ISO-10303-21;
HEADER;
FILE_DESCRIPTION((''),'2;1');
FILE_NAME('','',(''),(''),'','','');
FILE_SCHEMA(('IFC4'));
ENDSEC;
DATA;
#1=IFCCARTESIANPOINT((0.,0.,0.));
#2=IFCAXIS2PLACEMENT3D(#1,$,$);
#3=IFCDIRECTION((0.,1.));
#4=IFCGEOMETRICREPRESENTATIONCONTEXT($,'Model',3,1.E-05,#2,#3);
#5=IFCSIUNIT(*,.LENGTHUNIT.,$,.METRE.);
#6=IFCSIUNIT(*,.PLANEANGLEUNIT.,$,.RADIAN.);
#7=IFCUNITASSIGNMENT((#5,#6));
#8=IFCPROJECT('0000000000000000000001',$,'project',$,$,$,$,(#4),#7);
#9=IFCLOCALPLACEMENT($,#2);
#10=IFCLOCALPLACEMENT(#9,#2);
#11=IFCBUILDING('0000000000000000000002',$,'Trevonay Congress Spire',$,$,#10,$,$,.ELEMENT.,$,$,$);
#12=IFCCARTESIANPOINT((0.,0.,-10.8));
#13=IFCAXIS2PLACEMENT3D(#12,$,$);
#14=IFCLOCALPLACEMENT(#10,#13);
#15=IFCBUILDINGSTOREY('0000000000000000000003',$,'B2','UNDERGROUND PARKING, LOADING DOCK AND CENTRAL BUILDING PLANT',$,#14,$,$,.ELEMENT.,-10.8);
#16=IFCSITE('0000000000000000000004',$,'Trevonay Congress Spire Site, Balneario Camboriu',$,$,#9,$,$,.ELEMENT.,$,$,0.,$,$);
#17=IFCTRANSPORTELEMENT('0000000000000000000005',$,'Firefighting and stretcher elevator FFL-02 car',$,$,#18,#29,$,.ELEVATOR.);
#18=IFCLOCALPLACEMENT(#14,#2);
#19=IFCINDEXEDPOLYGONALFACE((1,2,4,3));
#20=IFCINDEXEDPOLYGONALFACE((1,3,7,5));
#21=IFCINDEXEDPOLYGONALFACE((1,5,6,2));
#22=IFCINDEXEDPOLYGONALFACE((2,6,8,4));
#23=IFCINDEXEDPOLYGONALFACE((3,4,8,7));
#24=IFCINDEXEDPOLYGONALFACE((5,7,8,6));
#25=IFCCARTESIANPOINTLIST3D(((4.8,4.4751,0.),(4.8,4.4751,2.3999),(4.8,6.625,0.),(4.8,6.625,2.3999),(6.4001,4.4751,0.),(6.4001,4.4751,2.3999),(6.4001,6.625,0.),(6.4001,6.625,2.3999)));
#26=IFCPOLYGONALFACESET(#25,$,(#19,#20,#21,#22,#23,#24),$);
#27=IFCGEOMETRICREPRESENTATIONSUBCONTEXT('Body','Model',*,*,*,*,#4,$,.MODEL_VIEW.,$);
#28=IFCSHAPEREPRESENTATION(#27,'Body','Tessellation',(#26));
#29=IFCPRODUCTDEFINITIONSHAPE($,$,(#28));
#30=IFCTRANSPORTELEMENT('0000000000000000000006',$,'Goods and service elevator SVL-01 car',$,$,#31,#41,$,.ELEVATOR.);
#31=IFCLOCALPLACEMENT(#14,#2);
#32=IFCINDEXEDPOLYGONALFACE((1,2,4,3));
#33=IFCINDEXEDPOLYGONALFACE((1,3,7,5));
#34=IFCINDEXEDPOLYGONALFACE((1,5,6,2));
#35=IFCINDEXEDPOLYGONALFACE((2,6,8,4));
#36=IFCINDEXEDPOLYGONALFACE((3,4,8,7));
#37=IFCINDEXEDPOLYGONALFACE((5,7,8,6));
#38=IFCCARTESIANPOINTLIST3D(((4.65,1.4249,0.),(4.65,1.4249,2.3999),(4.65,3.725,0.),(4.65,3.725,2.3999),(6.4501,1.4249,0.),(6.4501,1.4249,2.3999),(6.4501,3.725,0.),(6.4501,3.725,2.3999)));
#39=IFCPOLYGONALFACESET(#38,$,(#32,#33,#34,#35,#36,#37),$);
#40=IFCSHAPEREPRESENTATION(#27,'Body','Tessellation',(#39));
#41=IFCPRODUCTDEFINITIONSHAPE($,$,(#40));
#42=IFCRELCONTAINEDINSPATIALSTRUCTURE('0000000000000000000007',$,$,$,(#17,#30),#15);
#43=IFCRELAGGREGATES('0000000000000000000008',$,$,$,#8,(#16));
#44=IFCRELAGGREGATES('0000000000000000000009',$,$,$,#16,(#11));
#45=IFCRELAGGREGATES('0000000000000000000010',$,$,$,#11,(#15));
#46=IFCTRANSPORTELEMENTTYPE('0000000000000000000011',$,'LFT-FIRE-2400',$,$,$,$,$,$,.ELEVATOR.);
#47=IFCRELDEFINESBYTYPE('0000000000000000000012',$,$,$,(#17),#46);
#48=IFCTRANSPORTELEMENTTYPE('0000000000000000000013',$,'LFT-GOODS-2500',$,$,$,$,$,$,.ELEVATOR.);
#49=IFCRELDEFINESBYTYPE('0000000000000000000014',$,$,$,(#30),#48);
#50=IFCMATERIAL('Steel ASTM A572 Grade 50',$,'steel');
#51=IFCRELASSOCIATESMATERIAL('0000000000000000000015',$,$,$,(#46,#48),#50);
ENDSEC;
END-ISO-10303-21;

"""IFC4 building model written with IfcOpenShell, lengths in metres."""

from ifc_helpers import new_model, si_unit, direction, frame, origin, origin_2d, place, context, subcontext, project, spatial, rectangle, extrude, material, type_object, element, save


model = new_model("IFC4")

# Units and contexts
model_context = context("Model", 3, precision=1e-05, world=origin(), true_north=direction((0.0, 1.0)))
body_context = subcontext(model_context, "Body", "Model", "MODEL_VIEW")
ifc_project = project(units=[si_unit("LENGTHUNIT", "METRE"), si_unit("PLANEANGLEUNIT", "RADIAN")], contexts=[model_context])

# Site, building, storey
site_placement = place(None, origin())
site = spatial("IfcSite", under=ifc_project, at=site_placement, Name="Trevonay Congress Spire Site, Balneario Camboriu", CompositionType="ELEMENT", RefElevation=0.0)
building_placement = place(site_placement, origin())
building = spatial("IfcBuilding", under=site, at=building_placement, Name="Trevonay Congress Spire", CompositionType="ELEMENT")
storey_placement = place(building_placement, frame((0.0, 0.0, -10.8)))
storey = spatial("IfcBuildingStorey", under=building, at=storey_placement, Name="B2", Description="UNDERGROUND PARKING, LOADING DOCK AND CENTRAL BUILDING PLANT", CompositionType="ELEMENT", Elevation=-10.8)

# Shared definitions
ifc_material_1 = material(Name="Steel ASTM A572 Grade 50", Category="steel")

# Transport elements
transport_element_type_1 = type_object("IfcTransportElementType", Name="LFT-FIRE-2400", PredefinedType="ELEVATOR", material=ifc_material_1)
transport_element_1_placement = place(storey_placement, frame((5.6001, 5.55, 0.0), z_axis=(0.0, 0.0, 1.0), x_axis=(1.0, 0.0, 0.0)))
element("IfcTransportElement", 1, at=transport_element_1_placement, inside=storey, type_object=transport_element_type_1, Name="Firefighting and stretcher elevator FFL-02 car", PredefinedType="ELEVATOR", context=body_context, shape_type="SweptSolid", body=[
    extrude(rectangle(XDim=1.6001, YDim=2.1499, at=origin_2d()), origin(), (0.0, 0.0, 1.0), 2.3999),
])
transport_element_type_2 = type_object("IfcTransportElementType", Name="LFT-GOODS-2500", PredefinedType="ELEVATOR", material=ifc_material_1)
transport_element_2_placement = place(storey_placement, frame((5.55, 2.575, 0.0), z_axis=(0.0, 0.0, 1.0), x_axis=(1.0, 0.0, 0.0)))
element("IfcTransportElement", 2, at=transport_element_2_placement, inside=storey, type_object=transport_element_type_2, Name="Goods and service elevator SVL-01 car", PredefinedType="ELEVATOR", context=body_context, shape_type="SweptSolid", body=[
    extrude(rectangle(XDim=1.8, YDim=2.3, at=origin_2d()), origin(), (0.0, 0.0, 1.0), 2.3999),
])

save(model, "model.ifc")
